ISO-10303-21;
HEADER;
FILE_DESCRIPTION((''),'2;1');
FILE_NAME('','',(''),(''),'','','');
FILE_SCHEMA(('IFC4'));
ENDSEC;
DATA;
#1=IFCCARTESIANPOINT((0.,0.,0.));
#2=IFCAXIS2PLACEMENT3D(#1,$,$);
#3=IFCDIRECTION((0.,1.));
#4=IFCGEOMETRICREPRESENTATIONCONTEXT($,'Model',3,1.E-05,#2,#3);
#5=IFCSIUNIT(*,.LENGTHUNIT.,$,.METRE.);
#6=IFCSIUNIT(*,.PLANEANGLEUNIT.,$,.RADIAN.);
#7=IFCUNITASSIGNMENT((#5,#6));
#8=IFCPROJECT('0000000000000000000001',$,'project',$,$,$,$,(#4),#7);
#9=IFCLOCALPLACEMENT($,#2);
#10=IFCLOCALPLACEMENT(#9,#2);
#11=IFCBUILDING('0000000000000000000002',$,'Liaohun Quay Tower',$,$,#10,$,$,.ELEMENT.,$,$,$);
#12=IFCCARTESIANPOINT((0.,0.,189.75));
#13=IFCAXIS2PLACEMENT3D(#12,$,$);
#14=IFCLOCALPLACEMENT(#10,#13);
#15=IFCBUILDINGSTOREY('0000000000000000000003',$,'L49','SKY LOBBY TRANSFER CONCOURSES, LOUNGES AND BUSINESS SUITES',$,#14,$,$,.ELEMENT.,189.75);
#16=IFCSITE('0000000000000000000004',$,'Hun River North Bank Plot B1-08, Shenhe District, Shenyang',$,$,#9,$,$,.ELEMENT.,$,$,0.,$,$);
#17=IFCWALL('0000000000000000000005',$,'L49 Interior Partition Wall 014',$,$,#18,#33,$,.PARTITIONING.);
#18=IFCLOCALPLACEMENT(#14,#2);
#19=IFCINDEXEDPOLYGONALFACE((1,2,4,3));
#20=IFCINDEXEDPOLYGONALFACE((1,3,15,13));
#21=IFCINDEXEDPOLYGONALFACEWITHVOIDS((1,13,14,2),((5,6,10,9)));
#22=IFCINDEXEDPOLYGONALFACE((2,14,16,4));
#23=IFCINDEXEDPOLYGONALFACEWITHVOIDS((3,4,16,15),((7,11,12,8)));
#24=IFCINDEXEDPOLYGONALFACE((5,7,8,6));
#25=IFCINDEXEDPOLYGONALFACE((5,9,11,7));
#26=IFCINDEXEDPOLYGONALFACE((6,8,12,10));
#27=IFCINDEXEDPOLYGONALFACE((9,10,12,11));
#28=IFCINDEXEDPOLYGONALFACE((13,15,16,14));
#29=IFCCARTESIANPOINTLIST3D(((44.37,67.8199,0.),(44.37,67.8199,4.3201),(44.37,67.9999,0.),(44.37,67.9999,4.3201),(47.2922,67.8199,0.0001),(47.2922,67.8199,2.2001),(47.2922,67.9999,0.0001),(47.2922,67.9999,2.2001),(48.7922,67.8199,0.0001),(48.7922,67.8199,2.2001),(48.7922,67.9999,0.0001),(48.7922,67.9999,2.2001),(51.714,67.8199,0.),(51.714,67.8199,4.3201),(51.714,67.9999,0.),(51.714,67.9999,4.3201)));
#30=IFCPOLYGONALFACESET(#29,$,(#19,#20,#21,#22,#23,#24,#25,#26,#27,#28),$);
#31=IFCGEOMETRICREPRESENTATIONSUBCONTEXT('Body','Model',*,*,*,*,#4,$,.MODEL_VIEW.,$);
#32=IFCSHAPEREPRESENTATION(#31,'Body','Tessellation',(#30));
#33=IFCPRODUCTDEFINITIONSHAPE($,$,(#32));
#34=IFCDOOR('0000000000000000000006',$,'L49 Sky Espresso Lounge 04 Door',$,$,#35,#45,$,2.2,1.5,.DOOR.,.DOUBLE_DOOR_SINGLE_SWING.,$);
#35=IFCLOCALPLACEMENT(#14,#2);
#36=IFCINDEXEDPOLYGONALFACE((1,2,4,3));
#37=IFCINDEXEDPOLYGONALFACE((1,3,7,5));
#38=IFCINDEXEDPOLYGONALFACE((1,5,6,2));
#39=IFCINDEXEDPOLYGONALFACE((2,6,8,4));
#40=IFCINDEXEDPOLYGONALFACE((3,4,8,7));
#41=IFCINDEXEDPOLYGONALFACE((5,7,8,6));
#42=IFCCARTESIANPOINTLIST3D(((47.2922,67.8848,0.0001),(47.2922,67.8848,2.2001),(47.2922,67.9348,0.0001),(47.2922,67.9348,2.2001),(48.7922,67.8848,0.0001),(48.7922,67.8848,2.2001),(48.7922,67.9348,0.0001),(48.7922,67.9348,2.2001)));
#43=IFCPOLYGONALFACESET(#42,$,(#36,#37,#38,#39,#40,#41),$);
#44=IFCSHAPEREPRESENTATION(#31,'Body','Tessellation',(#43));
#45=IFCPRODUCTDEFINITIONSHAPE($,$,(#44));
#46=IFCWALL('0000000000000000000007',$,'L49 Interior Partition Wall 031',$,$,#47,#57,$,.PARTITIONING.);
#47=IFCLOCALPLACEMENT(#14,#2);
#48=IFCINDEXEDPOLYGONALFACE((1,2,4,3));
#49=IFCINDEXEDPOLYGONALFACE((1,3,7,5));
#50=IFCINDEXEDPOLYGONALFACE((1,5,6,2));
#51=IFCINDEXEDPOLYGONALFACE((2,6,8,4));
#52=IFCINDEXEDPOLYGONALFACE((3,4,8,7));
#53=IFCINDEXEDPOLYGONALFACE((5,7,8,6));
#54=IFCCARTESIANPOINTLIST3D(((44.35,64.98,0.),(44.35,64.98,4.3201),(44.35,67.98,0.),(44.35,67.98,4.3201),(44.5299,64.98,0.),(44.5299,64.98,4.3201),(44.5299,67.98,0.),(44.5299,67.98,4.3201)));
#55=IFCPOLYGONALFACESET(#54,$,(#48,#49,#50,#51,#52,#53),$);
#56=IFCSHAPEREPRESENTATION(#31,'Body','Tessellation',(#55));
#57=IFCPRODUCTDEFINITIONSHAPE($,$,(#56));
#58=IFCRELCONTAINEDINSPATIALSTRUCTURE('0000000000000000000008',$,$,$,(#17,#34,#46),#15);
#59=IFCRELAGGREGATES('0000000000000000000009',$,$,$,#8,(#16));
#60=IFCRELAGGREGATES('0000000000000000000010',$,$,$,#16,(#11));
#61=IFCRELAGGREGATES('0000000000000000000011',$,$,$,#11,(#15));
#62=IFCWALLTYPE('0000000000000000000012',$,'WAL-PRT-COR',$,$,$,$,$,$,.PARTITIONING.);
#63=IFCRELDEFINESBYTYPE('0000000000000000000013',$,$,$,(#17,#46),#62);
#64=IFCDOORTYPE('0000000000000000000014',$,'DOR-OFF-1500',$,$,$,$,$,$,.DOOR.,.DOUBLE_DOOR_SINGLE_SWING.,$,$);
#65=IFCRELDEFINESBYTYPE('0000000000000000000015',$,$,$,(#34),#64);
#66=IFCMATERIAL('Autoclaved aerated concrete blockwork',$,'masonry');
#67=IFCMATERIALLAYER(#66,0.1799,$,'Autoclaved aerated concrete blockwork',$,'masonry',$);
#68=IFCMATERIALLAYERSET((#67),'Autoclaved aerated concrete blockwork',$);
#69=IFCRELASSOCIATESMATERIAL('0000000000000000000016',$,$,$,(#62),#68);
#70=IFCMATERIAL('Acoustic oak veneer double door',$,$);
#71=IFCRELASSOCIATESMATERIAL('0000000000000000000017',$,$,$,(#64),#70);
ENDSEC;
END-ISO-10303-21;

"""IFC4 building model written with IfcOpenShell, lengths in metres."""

from ifc_helpers import new_model, si_unit, direction, frame, frame_2d, origin, place, context, subcontext, project, spatial, rectangle, extrude, source, transform, mapped, material, layer, layer_set, type_object, element, fill, save


model = new_model("IFC4")

# Units and contexts
model_context = context("Model", 3, precision=1e-05, world=origin(), true_north=direction((0.0, 1.0)))
body_context = subcontext(model_context, "Body", "Model", "MODEL_VIEW")
ifc_project = project(units=[si_unit("LENGTHUNIT", "METRE"), si_unit("PLANEANGLEUNIT", "RADIAN")], contexts=[model_context])

# Site, building, storey
site_placement = place(None, origin())
site = spatial("IfcSite", under=ifc_project, at=site_placement, Name="Hun River North Bank Plot B1-08, Shenhe District, Shenyang", CompositionType="ELEMENT", RefElevation=0.0)
building_placement = place(site_placement, origin())
building = spatial("IfcBuilding", under=site, at=building_placement, Name="Liaohun Quay Tower", CompositionType="ELEMENT")
storey_placement = place(building_placement, frame((0.0, 0.0, 189.75)))
storey = spatial("IfcBuildingStorey", under=building, at=storey_placement, Name="L49", Description="SKY LOBBY TRANSFER CONCOURSES, LOUNGES AND BUSINESS SUITES", CompositionType="ELEMENT", Elevation=189.75)

# Wall, opening, door
ifc_material_1 = material(Name="Autoclaved aerated concrete blockwork", Category="masonry")
ifc_layer_1 = layer(ifc_material_1, 0.1799, Name="Autoclaved aerated concrete blockwork", Category="masonry")
ifc_layer_set_1 = layer_set([ifc_layer_1], Name="Autoclaved aerated concrete blockwork")
wall_type_1 = type_object("IfcWallType", Name="WAL-PRT-COR", PredefinedType="PARTITIONING", material=ifc_layer_set_1)
wall_1_placement = place(storey_placement, frame((44.3701, 67.9099, 0.0), z_axis=(0.0, 0.0, 1.0), x_axis=(1.0, 0.0, 0.0)))
wall_1 = element("IfcWall", 1, at=wall_1_placement, inside=storey, type_object=wall_type_1, Name="L49 Interior Partition Wall 014", PredefinedType="PARTITIONING", context=body_context, shape_type="SweptSolid", body=[
    extrude(rectangle(XDim=7.344, YDim=0.1799, at=frame_2d((3.6719, 0.0))), origin(), (0.0, 0.0, 1.0), 4.3201),
])
shared_shape_1 = source(origin(), body_context, "Body", "SweptSolid", [
    extrude(rectangle(XDim=1.5, YDim=2.2, at=frame_2d((0.75, 1.1001))), frame((0.0, 0.0999, 0.0), z_axis=(0.0, -1.0, 0.0), x_axis=(1.0, 0.0, 0.0)), (0.0, 0.0, 1.0), 0.2),
])
opening_1_placement = place(wall_1_placement, frame((2.9221, 0.0, 0.0)))
opening_1 = element("IfcOpeningElement", 2, at=opening_1_placement, cuts=wall_1, PredefinedType="OPENING", context=body_context, shape_type="MappedRepresentation", body=[
    mapped(shared_shape_1, transform((0.0, 0.0, 0.0), x_axis=(1.0, 0.0, 0.0), y_axis=(0.0, 1.0, 0.0), z_axis=(0.0, 0.0, 1.0), scale=1.0)),
])
ifc_material_2 = material(Name="Acoustic oak veneer double door")
door_type_1 = type_object("IfcDoorType", Name="DOR-OFF-1500", OperationType="DOUBLE_DOOR_SINGLE_SWING", PredefinedType="DOOR", material=ifc_material_2)
shared_shape_2 = source(origin(), body_context, "Body", "SweptSolid", [
    extrude(rectangle(XDim=1.5, YDim=2.2, at=frame_2d((0.75, 1.1001))), frame((0.0, 0.0249, 0.0), z_axis=(0.0, -1.0, 0.0), x_axis=(1.0, 0.0, 0.0)), (0.0, 0.0, 1.0), 0.05),
])
door_1_placement = place(opening_1_placement, origin())
door_1 = element("IfcDoor", 3, at=door_1_placement, inside=storey, type_object=door_type_1, Name="L49 Sky Espresso Lounge 04 Door", OperationType="DOUBLE_DOOR_SINGLE_SWING", OverallHeight=2.2, OverallWidth=1.5, PredefinedType="DOOR", context=body_context, shape_type="MappedRepresentation", body=[
    mapped(shared_shape_2, transform((0.0, 0.0, 0.0), x_axis=(1.0, 0.0, 0.0), y_axis=(0.0, 1.0, 0.0), z_axis=(0.0, 0.0, 1.0), scale=1.0)),
])
fill(opening_1, door_1)

# Wall
wall_2_placement = place(storey_placement, frame((44.4399, 64.98, 0.0), z_axis=(0.0, 0.0, 1.0), x_axis=(0.0, 1.0, 0.0)))
element("IfcWall", 4, at=wall_2_placement, inside=storey, type_object=wall_type_1, Name="L49 Interior Partition Wall 031", PredefinedType="PARTITIONING", context=body_context, shape_type="SweptSolid", body=[
    extrude(rectangle(XDim=3.0, YDim=0.1799, at=frame_2d((1.5, 0.0))), origin(), (0.0, 0.0, 1.0), 4.3201),
])

save(model, "model.ifc")
